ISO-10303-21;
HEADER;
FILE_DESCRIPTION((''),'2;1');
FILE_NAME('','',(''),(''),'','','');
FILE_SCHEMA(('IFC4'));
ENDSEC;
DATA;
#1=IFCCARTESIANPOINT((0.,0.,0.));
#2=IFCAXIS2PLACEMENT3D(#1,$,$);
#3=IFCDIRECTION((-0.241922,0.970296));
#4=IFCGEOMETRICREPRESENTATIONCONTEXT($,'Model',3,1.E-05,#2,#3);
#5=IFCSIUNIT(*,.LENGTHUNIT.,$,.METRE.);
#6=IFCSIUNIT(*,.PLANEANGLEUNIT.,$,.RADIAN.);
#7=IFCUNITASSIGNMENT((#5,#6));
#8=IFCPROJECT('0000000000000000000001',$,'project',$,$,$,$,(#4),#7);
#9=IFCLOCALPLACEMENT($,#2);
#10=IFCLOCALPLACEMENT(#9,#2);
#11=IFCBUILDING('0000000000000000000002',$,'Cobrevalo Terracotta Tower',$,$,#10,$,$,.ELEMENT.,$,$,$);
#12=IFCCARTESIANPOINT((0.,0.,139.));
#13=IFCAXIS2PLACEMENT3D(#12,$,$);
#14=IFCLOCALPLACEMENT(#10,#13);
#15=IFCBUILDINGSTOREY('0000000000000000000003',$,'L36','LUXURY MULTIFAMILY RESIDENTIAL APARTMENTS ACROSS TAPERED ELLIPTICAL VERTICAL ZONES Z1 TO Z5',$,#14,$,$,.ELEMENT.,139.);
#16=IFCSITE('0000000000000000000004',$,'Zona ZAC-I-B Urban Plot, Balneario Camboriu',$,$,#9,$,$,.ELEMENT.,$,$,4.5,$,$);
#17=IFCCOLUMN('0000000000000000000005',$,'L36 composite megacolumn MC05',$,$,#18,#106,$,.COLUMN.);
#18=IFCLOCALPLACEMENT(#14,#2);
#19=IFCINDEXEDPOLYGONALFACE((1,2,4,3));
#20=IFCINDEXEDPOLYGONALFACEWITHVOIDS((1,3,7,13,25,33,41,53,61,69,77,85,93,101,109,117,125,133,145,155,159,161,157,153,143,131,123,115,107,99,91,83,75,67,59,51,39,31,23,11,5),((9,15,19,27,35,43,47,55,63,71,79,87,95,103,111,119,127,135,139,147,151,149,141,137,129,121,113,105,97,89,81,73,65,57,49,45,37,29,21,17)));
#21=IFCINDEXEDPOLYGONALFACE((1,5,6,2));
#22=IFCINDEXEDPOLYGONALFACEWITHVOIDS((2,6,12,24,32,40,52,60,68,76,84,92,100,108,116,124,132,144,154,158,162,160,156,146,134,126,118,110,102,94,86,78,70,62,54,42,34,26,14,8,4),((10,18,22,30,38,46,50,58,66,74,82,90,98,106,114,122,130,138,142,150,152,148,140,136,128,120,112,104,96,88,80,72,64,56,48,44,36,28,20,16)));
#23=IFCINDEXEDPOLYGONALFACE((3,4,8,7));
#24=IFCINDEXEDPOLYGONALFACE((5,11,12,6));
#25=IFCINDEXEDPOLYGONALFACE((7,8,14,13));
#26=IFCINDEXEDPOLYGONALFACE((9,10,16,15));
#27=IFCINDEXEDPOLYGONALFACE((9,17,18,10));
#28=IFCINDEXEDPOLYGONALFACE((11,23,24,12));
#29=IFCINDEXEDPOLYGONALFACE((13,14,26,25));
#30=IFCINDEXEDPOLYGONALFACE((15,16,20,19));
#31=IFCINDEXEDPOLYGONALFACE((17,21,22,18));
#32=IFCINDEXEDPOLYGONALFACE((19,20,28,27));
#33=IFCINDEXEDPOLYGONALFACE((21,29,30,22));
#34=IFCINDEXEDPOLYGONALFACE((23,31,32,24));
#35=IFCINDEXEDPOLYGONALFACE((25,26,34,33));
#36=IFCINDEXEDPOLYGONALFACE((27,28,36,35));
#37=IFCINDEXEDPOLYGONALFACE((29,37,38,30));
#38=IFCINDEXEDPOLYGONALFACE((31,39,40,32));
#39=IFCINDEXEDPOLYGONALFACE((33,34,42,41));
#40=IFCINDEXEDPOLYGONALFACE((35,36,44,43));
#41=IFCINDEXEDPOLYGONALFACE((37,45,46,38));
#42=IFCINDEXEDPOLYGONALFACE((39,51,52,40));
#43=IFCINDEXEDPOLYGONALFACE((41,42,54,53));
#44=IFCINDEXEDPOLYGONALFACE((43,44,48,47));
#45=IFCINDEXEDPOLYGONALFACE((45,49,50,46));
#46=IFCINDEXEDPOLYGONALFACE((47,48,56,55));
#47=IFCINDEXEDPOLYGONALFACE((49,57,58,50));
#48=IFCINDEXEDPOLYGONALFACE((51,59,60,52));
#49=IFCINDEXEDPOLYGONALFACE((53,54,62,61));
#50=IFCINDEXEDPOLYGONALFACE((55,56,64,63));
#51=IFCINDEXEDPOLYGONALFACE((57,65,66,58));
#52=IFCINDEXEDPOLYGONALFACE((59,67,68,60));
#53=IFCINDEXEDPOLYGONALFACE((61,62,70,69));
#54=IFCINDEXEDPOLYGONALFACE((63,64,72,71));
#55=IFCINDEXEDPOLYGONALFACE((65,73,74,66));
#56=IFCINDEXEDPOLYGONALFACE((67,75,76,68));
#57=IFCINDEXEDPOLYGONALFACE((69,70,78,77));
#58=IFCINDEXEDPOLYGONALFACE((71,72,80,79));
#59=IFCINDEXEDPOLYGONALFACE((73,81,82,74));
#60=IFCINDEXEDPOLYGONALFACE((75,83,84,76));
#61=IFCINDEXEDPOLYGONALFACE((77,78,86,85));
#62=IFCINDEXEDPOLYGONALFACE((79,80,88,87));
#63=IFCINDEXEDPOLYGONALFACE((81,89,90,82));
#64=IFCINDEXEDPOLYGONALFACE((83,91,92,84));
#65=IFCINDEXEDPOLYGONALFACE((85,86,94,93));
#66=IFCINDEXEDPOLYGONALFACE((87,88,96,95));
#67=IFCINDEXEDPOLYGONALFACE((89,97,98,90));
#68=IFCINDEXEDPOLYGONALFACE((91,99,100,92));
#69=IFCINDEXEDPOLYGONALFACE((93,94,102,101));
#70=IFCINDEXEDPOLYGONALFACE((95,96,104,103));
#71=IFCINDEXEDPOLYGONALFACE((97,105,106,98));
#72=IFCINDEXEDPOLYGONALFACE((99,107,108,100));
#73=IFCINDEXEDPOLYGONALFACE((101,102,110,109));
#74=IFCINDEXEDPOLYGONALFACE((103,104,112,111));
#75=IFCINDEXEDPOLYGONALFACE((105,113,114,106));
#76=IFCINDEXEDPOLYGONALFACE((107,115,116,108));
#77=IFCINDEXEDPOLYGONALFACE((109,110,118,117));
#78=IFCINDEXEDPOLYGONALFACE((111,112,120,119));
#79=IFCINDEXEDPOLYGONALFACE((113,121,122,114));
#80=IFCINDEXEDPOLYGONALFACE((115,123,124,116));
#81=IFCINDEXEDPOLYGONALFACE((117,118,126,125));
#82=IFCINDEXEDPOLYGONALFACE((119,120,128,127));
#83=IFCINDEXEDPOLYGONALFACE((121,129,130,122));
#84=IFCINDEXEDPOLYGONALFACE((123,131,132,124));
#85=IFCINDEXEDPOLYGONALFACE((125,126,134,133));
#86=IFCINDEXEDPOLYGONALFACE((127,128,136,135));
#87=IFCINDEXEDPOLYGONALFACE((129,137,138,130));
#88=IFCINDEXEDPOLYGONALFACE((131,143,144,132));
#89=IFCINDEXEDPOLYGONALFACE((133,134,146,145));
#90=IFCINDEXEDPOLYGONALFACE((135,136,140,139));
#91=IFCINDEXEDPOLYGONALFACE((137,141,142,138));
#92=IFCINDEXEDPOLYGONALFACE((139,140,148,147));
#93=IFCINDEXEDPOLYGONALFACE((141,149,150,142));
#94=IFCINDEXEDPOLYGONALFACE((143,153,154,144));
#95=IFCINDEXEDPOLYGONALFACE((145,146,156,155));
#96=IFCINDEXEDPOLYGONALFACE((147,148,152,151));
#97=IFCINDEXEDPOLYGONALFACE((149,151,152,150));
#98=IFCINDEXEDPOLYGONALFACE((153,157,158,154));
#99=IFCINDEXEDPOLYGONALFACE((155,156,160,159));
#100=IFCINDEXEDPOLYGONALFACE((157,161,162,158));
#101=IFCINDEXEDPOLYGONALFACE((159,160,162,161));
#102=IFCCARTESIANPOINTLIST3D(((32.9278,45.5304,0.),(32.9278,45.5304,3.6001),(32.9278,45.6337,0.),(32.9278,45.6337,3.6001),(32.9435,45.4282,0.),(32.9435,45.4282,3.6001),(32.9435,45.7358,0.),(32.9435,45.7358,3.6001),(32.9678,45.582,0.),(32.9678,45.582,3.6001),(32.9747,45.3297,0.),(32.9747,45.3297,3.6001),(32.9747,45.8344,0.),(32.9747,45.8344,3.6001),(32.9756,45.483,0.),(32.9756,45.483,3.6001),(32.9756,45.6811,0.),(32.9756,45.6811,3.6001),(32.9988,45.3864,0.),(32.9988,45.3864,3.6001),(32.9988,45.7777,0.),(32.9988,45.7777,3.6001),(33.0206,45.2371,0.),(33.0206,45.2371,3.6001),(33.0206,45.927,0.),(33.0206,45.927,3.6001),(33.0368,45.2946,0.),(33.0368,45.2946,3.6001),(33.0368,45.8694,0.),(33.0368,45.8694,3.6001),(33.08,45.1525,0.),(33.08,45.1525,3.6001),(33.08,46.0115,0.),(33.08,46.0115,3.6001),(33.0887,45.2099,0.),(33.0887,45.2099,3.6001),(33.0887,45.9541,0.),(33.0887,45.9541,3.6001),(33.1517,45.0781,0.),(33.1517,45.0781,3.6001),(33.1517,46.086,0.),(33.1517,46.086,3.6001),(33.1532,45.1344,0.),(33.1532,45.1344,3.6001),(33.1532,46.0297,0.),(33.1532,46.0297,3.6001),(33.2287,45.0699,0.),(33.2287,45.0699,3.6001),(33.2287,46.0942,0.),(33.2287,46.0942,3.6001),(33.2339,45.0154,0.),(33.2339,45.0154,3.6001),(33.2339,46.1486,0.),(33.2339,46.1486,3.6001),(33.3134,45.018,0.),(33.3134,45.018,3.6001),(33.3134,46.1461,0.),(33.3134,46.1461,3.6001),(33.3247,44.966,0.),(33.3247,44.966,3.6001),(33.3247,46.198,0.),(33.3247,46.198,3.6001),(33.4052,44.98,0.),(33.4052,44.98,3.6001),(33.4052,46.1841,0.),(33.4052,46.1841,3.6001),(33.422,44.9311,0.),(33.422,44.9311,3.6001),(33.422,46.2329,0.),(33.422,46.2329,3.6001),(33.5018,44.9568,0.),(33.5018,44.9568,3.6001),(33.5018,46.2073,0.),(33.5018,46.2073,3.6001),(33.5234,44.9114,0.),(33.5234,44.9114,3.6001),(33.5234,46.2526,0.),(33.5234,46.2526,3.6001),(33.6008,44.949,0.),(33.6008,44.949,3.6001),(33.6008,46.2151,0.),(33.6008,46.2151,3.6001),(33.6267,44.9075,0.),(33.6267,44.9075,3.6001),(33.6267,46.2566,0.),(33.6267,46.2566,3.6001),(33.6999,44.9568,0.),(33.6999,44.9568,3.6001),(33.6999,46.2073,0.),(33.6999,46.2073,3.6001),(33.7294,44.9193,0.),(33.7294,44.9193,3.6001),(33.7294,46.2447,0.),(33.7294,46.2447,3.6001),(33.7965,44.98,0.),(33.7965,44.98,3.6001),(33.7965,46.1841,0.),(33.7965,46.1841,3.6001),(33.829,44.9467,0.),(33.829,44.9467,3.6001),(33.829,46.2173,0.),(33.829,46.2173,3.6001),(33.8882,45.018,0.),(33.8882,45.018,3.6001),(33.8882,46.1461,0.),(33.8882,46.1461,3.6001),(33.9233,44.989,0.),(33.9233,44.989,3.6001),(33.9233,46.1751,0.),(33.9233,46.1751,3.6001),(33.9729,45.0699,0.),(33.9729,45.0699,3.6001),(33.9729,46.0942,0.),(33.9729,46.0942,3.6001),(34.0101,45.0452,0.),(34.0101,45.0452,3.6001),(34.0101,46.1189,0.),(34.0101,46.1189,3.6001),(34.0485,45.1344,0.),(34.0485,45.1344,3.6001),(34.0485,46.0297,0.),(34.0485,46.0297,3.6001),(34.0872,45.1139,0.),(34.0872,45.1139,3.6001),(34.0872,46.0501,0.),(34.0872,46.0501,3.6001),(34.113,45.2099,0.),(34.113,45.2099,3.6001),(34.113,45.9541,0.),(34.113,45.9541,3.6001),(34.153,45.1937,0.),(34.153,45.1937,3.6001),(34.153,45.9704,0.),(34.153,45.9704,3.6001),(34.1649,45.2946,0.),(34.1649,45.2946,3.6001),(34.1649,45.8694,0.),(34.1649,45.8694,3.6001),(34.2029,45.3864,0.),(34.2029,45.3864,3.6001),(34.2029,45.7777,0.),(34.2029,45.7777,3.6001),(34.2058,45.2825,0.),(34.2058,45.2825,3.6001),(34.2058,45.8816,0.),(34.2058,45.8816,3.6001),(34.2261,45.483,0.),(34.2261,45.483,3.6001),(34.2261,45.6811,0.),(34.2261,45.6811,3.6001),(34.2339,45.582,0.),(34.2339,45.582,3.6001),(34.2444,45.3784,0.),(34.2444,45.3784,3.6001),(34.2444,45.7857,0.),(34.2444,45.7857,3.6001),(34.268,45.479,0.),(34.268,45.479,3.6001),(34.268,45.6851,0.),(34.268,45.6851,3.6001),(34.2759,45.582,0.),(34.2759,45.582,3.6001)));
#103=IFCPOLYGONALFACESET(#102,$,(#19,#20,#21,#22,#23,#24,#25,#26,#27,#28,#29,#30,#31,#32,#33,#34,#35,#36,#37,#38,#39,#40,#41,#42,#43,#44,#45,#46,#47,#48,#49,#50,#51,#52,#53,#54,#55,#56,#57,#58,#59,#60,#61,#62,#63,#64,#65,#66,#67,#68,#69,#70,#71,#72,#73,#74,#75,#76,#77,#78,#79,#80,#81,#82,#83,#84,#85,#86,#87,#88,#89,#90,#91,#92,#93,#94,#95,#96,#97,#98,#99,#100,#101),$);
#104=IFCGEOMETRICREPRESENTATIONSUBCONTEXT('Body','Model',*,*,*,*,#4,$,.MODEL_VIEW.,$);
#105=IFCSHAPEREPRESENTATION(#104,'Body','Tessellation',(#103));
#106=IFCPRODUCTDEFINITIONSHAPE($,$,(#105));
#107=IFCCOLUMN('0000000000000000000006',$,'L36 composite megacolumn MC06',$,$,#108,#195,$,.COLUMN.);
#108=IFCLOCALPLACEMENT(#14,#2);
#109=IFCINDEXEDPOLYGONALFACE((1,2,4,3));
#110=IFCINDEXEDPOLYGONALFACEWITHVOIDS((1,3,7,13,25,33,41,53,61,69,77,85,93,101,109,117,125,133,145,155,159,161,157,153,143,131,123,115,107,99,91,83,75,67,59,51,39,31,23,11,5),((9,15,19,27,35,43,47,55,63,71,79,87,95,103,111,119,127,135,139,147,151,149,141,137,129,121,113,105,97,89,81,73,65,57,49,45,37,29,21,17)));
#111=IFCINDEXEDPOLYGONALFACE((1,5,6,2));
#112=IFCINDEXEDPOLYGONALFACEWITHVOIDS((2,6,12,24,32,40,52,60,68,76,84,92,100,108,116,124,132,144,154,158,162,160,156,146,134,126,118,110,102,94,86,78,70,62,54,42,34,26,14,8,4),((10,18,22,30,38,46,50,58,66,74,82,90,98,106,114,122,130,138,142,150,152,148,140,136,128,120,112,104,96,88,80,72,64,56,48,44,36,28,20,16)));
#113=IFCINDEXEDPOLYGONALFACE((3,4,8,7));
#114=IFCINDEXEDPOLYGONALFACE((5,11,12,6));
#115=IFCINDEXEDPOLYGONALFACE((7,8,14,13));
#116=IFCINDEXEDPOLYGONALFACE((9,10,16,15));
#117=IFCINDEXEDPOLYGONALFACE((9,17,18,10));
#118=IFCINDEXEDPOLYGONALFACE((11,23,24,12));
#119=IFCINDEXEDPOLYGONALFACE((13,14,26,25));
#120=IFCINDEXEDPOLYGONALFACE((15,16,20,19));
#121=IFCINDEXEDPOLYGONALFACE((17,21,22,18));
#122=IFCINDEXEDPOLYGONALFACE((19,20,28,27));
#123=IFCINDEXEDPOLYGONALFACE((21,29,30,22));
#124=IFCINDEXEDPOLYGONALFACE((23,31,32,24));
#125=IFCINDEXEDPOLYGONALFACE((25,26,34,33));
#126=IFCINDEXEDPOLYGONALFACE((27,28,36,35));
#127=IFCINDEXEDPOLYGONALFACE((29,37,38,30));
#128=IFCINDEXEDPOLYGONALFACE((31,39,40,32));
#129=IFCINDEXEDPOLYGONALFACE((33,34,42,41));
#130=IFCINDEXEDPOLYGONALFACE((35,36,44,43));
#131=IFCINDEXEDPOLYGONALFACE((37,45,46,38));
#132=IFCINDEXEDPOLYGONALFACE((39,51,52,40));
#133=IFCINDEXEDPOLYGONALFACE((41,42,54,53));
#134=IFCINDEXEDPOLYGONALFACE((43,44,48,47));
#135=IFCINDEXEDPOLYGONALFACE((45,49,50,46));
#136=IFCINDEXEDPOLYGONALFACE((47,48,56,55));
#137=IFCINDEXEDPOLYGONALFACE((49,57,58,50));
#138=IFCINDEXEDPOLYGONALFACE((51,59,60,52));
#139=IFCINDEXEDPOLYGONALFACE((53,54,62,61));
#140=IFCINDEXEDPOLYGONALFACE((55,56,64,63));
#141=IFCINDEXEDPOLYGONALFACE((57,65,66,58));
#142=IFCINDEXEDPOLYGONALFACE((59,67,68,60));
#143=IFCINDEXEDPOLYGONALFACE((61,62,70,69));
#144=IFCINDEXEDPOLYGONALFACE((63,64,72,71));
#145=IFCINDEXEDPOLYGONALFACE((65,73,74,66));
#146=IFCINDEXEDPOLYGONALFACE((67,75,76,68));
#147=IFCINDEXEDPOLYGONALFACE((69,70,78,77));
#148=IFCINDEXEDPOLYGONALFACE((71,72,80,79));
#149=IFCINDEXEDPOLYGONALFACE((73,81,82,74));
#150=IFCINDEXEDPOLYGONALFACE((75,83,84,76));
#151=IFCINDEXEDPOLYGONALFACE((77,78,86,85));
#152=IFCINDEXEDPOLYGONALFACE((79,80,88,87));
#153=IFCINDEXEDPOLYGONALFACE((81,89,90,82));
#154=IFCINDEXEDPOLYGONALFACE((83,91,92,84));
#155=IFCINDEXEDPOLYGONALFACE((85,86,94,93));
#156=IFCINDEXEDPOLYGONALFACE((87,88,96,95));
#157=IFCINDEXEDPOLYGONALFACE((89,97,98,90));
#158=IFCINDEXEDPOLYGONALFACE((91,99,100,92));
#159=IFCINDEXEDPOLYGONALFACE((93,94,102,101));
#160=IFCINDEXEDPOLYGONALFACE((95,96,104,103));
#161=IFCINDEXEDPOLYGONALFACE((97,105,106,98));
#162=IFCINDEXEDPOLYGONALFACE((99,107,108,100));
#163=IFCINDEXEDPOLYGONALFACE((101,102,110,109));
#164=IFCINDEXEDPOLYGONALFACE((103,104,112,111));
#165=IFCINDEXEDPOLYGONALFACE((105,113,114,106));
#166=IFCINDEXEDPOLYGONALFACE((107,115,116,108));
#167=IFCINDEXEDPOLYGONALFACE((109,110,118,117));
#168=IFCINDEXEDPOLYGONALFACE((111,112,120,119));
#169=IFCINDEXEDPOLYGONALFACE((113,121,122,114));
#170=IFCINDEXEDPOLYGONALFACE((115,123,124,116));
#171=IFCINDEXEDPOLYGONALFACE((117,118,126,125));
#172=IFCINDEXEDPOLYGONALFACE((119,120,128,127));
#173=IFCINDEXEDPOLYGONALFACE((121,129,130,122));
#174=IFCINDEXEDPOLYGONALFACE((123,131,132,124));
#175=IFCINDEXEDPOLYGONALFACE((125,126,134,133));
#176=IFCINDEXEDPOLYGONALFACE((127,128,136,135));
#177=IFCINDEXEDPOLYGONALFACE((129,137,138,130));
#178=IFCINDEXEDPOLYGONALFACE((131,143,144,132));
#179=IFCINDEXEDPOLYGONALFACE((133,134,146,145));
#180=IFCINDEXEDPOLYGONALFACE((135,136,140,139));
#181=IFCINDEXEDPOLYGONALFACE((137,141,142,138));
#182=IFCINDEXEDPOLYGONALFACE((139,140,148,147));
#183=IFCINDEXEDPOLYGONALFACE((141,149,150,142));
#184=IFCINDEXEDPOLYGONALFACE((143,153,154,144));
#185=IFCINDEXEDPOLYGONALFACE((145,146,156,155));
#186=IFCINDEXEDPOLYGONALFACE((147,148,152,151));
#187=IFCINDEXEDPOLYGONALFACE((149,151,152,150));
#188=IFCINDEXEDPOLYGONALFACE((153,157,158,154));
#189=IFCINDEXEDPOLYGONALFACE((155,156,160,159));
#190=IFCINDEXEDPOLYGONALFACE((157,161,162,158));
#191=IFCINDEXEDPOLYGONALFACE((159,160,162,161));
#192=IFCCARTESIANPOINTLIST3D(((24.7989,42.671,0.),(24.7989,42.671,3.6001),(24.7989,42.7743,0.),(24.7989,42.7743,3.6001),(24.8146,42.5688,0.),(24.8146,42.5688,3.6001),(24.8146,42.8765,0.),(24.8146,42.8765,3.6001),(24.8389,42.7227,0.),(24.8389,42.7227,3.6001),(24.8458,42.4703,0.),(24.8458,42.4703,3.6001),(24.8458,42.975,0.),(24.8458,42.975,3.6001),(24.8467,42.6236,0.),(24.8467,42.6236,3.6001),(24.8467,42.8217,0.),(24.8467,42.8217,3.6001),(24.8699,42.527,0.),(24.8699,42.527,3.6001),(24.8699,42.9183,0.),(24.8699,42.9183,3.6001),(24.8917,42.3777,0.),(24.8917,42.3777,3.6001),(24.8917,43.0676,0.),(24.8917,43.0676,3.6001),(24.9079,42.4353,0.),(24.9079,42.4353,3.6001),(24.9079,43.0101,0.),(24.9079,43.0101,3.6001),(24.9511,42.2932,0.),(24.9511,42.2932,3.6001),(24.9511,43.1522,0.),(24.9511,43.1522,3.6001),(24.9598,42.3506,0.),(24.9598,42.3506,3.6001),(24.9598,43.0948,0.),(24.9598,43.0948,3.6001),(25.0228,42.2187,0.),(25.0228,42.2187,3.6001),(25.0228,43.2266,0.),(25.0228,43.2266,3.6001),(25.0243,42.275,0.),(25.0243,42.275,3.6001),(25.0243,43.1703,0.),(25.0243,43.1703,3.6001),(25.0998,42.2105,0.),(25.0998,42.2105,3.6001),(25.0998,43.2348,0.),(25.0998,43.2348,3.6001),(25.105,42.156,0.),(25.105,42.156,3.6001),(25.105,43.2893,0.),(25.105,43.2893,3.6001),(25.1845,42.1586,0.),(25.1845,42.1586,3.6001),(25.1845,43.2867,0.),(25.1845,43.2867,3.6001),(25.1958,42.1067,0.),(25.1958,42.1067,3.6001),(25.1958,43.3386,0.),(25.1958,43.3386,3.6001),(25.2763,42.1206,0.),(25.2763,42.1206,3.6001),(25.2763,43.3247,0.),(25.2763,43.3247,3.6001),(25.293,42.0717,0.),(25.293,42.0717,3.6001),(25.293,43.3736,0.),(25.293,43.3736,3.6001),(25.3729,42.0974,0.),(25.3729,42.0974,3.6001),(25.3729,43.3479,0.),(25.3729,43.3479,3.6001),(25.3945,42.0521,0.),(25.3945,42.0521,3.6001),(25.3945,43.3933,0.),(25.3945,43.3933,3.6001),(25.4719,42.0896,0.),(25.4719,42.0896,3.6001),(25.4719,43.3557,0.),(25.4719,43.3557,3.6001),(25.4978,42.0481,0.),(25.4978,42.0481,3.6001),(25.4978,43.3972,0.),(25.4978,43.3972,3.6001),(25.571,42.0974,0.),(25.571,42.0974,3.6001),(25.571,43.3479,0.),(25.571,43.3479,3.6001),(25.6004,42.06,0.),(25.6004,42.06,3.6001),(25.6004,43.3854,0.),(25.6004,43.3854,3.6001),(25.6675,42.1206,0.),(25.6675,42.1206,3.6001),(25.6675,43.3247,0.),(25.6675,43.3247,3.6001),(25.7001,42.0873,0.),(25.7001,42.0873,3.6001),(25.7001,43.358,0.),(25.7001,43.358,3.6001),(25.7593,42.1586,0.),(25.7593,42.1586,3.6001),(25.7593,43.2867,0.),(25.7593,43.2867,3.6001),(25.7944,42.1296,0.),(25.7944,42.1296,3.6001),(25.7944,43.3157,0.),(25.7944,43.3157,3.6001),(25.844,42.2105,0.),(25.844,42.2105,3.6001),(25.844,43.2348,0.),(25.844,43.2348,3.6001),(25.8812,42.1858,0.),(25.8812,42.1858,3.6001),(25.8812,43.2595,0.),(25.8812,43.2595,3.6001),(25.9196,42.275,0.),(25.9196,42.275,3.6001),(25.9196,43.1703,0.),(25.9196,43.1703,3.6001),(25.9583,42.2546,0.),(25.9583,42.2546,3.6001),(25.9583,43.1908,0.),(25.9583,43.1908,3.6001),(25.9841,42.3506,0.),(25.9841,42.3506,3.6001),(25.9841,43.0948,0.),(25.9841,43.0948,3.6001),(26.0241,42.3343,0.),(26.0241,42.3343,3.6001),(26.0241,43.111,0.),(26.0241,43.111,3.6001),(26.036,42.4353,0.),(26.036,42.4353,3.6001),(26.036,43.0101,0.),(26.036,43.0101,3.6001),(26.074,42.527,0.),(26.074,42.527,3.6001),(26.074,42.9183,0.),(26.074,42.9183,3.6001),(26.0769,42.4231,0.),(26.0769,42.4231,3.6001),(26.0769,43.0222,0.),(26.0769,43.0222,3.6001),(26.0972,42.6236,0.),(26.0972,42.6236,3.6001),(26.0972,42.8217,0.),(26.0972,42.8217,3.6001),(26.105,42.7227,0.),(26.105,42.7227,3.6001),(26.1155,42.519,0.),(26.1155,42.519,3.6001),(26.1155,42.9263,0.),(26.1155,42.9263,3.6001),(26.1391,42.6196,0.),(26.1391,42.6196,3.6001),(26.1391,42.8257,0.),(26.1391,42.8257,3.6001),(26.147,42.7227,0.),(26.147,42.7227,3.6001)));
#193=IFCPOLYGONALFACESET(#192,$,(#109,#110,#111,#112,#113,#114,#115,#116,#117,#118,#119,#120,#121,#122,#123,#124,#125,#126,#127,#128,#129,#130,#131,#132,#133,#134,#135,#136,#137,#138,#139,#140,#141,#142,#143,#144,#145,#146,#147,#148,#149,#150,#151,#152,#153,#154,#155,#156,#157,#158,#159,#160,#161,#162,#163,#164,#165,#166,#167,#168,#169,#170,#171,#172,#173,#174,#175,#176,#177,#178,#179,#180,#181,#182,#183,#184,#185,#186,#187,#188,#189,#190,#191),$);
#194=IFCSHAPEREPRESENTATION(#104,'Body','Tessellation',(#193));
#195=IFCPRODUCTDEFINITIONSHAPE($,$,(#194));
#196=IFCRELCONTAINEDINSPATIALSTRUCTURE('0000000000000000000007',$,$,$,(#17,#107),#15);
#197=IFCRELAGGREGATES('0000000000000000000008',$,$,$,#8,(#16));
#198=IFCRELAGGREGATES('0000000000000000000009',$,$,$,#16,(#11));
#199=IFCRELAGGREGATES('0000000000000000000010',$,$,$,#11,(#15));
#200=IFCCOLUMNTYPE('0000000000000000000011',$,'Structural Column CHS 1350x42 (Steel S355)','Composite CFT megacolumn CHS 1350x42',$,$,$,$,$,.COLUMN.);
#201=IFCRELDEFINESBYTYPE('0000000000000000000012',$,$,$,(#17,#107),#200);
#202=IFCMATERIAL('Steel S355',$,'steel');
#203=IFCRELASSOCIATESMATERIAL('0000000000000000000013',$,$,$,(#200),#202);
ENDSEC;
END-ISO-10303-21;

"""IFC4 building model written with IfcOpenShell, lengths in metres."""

from ifc_helpers import new_model, si_unit, direction, frame, origin, origin_2d, place, context, subcontext, project, spatial, hollow_circle, extrude, material, material_profile, profile_set, type_object, element, save


model = new_model("IFC4")

# Units and contexts
model_context = context("Model", 3, precision=1e-05, world=origin(), true_north=direction((-0.241922, 0.970296)))
body_context = subcontext(model_context, "Body", "Model", "MODEL_VIEW")
ifc_project = project(units=[si_unit("LENGTHUNIT", "METRE"), si_unit("PLANEANGLEUNIT", "RADIAN")], contexts=[model_context])

# Site, building, storey
site_placement = place(None, origin())
site = spatial("IfcSite", under=ifc_project, at=site_placement, Name="Zona ZAC-I-B Urban Plot, Balneario Camboriu", CompositionType="ELEMENT", RefElevation=4.5)
building_placement = place(site_placement, origin())
building = spatial("IfcBuilding", under=site, at=building_placement, Name="Cobrevalo Terracotta Tower", CompositionType="ELEMENT")
storey_placement = place(building_placement, frame((0.0, 0.0, 139.0)))
storey = spatial("IfcBuildingStorey", under=building, at=storey_placement, Name="L36", Description="LUXURY MULTIFAMILY RESIDENTIAL APARTMENTS ACROSS TAPERED ELLIPTICAL VERTICAL ZONES Z1 TO Z5", CompositionType="ELEMENT", Elevation=139.0)

# Columns
ifc_material_1 = material(Name="Steel S355", Category="steel")
ifc_material_profile_1 = material_profile(ifc_material_1, hollow_circle(Radius=0.675, WallThickness=0.042, at=origin_2d()), Name="CHS 1350x42")
ifc_profile_set_1 = profile_set([ifc_material_profile_1], Name="Steel S355")
column_type_1 = type_object("IfcColumnType", Name="Structural Column CHS 1350x42 (Steel S355)", Description="Composite CFT megacolumn CHS 1350x42", PredefinedType="COLUMN", material=ifc_profile_set_1)
for number, where, z_axis, x_axis, name in (
    (1, (33.6008, 45.582, 0.0), (0.0, 0.0, 1.0), (1.0, 0.0, 0.0), "L36 composite megacolumn MC05"),
    (2, (25.4719, 42.7227, 0.0), (0.0, 0.0, 1.0), (1.0, 0.0, 0.0), "L36 composite megacolumn MC06"),
):
    element("IfcColumn", number, at=place(storey_placement, frame(where, z_axis=z_axis, x_axis=x_axis)), inside=storey, type_object=column_type_1, Name=name, PredefinedType="COLUMN", context=body_context, shape_type="SweptSolid", body=[
        extrude(hollow_circle(Radius=0.675, WallThickness=0.042, at=origin_2d()), origin(), (0.0, 0.0, 1.0), 3.6001),
    ])

save(model, "model.ifc")
